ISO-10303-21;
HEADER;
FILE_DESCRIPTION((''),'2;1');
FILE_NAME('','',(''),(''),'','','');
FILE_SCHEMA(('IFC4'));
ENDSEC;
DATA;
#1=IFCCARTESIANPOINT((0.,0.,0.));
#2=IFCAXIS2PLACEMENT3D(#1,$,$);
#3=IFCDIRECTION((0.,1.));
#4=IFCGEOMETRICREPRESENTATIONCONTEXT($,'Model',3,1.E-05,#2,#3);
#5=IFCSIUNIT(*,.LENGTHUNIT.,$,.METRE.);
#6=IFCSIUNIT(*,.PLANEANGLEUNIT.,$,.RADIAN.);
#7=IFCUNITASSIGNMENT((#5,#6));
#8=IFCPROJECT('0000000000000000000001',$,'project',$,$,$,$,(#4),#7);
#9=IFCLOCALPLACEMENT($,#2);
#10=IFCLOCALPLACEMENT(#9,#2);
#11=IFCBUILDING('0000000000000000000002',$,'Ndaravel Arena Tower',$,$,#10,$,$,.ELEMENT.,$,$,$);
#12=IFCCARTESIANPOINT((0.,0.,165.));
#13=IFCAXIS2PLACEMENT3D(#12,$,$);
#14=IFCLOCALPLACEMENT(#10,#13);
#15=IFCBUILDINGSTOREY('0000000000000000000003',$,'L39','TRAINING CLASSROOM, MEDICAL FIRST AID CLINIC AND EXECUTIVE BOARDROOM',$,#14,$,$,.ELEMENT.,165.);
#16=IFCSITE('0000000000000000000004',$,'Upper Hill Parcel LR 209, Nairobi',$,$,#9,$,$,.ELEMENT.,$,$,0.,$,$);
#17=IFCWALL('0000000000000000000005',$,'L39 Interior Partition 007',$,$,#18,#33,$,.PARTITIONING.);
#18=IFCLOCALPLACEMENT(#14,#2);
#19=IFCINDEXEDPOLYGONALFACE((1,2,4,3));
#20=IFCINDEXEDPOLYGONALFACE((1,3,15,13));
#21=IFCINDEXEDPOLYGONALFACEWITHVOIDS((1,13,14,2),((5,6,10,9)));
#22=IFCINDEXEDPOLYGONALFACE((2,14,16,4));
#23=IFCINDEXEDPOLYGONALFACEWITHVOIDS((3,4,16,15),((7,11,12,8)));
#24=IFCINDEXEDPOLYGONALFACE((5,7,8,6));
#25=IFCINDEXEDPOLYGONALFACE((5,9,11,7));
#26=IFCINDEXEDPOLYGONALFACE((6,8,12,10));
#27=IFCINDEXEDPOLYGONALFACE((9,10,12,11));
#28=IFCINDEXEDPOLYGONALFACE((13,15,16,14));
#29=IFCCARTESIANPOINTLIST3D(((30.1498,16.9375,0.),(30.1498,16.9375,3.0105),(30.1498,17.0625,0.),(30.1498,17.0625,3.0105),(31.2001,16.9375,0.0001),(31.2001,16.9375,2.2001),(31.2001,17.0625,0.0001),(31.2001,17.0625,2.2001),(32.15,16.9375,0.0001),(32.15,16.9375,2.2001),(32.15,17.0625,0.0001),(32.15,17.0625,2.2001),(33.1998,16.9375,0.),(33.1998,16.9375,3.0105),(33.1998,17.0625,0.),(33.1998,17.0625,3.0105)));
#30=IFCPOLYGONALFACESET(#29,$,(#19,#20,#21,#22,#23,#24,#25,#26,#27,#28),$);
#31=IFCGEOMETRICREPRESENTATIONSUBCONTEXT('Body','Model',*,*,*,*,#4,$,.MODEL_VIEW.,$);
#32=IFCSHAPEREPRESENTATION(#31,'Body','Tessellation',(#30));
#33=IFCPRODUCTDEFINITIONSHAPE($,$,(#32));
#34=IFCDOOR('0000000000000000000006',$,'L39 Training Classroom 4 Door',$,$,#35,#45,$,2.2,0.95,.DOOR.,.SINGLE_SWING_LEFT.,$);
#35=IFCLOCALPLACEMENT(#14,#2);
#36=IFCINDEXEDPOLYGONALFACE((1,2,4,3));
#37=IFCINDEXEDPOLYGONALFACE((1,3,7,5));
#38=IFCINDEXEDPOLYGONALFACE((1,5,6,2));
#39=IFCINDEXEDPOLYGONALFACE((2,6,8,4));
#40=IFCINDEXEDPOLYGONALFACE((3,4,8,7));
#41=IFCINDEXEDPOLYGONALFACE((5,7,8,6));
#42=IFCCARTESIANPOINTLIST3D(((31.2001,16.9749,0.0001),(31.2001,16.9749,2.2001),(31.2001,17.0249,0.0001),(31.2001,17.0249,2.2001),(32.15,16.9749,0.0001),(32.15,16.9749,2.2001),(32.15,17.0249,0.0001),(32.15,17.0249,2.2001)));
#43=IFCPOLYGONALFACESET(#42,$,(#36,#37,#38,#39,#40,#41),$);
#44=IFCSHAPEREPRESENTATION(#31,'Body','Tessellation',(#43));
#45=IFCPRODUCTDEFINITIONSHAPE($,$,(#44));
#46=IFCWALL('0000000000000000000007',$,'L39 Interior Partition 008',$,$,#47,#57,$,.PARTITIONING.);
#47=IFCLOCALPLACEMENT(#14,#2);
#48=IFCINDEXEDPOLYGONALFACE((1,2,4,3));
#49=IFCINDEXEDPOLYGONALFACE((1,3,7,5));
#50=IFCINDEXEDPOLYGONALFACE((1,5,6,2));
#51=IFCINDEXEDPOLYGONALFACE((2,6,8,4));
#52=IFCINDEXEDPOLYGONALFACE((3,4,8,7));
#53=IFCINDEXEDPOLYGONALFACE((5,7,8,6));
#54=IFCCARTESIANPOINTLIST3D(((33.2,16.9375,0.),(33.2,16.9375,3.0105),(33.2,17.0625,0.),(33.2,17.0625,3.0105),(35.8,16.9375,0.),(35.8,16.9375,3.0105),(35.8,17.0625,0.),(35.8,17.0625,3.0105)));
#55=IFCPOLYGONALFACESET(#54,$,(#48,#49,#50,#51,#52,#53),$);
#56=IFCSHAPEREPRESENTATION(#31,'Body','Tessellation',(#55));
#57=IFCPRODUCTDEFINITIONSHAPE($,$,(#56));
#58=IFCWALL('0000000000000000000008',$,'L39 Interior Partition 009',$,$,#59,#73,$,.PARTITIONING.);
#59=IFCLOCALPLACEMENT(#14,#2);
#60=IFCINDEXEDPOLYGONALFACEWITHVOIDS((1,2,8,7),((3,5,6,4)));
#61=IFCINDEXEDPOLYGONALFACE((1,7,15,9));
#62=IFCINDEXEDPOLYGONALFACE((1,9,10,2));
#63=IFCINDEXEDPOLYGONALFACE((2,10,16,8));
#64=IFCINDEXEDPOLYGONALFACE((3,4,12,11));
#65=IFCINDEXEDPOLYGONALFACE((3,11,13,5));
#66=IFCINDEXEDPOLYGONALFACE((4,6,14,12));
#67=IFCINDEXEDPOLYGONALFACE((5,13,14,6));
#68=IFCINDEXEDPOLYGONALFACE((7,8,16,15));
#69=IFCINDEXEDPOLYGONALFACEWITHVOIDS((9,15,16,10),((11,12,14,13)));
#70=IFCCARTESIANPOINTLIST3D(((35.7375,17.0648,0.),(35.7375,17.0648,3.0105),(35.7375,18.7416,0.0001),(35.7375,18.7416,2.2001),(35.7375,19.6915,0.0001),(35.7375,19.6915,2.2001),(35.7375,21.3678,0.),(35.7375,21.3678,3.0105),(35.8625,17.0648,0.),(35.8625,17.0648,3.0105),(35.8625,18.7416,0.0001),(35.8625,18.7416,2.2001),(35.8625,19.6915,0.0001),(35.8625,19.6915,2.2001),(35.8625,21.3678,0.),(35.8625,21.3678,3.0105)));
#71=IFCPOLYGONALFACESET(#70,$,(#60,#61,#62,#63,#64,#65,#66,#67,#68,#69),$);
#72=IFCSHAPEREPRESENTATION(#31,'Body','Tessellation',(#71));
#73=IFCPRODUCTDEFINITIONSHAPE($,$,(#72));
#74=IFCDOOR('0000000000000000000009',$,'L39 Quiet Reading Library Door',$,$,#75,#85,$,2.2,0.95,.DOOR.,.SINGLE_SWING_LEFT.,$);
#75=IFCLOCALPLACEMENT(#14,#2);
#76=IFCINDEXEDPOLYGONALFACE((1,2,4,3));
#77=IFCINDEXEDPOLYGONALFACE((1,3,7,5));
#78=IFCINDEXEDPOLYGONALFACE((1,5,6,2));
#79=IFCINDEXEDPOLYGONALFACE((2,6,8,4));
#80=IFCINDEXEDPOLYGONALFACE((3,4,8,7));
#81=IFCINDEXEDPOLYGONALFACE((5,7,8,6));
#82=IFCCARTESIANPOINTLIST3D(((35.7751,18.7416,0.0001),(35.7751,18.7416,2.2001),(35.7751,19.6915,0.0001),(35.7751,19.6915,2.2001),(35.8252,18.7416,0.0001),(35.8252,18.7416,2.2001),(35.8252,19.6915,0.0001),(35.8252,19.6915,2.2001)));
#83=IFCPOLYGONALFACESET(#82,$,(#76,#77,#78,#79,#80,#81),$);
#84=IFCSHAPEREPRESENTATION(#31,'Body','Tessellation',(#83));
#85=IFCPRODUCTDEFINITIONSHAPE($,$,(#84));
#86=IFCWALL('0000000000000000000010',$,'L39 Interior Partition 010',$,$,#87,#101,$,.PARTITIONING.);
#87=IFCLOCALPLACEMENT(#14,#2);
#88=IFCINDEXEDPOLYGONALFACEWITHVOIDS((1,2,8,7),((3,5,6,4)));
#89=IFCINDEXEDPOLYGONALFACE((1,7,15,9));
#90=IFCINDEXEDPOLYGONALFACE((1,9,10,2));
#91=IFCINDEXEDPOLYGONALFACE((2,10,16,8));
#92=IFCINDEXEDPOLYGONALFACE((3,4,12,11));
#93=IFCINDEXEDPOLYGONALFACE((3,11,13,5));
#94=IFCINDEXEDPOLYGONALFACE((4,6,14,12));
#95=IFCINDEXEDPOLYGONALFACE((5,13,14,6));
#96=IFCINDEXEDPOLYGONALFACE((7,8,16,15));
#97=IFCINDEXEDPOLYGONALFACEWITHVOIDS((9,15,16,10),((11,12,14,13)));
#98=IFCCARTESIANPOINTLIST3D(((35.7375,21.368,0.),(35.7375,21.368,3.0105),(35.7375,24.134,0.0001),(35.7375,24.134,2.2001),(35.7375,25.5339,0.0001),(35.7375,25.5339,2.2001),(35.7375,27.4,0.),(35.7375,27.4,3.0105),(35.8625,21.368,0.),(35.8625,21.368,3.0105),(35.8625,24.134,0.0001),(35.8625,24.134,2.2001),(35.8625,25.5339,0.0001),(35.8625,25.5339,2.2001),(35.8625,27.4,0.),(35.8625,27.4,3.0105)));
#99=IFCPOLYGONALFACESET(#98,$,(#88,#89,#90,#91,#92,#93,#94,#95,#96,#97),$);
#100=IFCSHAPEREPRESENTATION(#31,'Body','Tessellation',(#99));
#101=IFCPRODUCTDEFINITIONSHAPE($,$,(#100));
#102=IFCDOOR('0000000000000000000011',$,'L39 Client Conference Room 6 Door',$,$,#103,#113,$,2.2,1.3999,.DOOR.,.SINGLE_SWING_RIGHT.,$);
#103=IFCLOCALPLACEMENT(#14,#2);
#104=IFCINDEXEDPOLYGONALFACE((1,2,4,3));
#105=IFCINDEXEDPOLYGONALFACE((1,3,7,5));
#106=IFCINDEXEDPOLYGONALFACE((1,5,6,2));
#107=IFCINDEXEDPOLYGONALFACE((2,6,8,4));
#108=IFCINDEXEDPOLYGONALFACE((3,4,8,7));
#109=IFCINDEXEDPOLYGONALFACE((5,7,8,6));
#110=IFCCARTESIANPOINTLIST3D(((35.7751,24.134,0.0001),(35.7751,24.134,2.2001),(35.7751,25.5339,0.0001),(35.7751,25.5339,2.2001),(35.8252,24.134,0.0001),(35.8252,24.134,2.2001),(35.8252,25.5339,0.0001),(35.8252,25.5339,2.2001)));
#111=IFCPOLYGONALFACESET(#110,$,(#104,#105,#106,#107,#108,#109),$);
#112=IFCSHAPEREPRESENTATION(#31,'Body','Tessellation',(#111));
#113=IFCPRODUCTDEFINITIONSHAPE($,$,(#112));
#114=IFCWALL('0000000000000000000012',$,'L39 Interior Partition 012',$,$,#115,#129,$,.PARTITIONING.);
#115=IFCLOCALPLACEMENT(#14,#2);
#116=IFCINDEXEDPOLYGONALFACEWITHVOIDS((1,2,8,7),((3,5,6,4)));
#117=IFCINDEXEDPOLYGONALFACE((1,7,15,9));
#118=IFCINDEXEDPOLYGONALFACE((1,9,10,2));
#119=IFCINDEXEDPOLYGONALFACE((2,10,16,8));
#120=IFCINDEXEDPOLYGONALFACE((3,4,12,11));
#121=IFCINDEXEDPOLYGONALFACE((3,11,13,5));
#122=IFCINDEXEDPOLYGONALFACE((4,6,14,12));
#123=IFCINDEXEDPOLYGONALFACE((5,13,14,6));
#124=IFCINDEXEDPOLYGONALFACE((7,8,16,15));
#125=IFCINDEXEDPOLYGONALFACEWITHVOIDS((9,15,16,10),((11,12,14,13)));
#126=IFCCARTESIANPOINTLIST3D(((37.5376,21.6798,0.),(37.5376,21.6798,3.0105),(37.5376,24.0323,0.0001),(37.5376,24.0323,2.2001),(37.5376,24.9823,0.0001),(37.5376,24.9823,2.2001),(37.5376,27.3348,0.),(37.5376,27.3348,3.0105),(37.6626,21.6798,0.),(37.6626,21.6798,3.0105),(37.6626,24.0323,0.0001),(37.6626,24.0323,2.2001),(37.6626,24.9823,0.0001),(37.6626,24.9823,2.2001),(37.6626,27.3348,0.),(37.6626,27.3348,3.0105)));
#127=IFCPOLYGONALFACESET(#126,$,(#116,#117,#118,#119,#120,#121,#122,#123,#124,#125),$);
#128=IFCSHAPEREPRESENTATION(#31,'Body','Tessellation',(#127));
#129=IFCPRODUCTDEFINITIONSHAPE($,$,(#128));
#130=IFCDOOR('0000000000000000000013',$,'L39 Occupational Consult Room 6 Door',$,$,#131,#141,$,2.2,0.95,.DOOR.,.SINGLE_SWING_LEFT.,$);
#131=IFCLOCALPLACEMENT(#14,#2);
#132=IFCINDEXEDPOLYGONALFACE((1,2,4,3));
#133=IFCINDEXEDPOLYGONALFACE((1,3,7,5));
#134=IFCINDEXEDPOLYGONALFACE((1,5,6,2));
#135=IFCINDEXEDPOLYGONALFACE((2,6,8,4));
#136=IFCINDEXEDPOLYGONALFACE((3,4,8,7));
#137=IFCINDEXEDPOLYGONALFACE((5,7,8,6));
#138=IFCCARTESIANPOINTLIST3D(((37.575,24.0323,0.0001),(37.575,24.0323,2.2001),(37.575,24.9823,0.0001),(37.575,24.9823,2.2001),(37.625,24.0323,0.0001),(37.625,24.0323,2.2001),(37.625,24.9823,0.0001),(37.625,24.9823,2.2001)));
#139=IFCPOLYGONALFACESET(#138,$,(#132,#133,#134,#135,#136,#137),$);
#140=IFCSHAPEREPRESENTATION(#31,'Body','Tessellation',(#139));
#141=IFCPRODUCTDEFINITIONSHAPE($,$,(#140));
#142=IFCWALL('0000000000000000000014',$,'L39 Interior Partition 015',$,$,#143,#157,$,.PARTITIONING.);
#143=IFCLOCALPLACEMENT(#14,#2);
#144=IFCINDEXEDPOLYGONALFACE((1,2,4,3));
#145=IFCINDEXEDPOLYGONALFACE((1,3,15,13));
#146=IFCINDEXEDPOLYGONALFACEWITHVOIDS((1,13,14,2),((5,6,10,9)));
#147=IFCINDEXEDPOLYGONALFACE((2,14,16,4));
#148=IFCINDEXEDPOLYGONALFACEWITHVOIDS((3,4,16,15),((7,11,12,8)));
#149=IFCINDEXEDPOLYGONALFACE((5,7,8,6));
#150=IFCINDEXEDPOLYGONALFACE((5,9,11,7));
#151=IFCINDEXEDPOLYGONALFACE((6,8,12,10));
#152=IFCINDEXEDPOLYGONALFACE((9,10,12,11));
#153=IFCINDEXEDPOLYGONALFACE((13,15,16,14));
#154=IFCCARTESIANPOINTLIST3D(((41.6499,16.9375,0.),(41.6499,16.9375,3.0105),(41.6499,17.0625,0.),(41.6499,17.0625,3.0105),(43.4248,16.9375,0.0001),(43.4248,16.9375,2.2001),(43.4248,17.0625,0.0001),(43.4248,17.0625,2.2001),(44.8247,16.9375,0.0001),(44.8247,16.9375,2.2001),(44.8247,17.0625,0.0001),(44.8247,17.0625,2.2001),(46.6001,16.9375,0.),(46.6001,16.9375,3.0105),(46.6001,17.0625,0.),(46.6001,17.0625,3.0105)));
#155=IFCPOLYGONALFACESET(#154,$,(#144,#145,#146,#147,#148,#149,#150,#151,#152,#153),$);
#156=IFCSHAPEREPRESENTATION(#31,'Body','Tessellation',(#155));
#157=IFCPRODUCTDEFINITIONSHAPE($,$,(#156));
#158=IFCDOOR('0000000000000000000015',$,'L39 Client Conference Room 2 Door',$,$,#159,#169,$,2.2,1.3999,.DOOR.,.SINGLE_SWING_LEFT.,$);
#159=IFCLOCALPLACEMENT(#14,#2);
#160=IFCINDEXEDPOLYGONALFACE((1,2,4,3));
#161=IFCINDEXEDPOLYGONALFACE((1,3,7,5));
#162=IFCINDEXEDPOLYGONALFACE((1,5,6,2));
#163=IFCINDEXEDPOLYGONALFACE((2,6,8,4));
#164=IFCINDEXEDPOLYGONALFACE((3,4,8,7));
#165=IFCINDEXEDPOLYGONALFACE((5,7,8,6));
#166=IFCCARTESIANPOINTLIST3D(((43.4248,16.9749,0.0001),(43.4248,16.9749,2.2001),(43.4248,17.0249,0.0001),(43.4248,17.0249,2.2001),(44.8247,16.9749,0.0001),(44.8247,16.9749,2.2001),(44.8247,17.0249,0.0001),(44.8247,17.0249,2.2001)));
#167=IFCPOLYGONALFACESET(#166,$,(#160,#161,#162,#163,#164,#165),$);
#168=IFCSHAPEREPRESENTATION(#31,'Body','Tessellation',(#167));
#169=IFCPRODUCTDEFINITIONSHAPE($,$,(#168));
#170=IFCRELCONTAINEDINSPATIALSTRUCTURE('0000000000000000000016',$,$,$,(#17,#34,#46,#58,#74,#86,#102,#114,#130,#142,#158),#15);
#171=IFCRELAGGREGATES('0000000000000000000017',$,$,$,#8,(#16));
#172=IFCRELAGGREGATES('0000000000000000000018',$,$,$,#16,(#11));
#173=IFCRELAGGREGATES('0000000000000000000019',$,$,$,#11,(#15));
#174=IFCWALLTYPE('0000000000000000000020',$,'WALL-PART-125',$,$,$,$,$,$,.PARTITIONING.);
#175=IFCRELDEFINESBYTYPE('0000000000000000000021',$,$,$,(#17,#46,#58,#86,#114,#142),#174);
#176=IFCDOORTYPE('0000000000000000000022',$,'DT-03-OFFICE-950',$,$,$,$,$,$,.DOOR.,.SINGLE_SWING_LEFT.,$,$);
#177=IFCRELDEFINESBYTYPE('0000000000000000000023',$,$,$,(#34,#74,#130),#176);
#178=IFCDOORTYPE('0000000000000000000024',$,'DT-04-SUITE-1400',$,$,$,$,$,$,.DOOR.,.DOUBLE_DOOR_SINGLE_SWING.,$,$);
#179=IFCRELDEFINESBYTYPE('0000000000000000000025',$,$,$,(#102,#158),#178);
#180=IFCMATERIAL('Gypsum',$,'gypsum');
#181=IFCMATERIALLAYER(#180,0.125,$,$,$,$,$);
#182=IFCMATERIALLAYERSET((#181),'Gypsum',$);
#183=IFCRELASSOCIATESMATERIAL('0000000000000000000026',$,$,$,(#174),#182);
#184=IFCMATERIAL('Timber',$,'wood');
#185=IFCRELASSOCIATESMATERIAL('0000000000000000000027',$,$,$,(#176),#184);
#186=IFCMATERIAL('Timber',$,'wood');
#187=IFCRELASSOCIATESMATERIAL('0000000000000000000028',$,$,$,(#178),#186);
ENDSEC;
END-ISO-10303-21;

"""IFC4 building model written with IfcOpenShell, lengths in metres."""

from ifc_helpers import new_model, si_unit, direction, frame, frame_2d, origin, place, context, subcontext, project, spatial, rectangle, extrude, material, layer, layer_set, type_object, element, fill, save


model = new_model("IFC4")

# Units and contexts
model_context = context("Model", 3, precision=1e-05, world=origin(), true_north=direction((0.0, 1.0)))
body_context = subcontext(model_context, "Body", "Model", "MODEL_VIEW")
ifc_project = project(units=[si_unit("LENGTHUNIT", "METRE"), si_unit("PLANEANGLEUNIT", "RADIAN")], contexts=[model_context])

# Site, building, storey
site_placement = place(None, origin())
site = spatial("IfcSite", under=ifc_project, at=site_placement, Name="Upper Hill Parcel LR 209, Nairobi", CompositionType="ELEMENT", RefElevation=0.0)
building_placement = place(site_placement, origin())
building = spatial("IfcBuilding", under=site, at=building_placement, Name="Ndaravel Arena Tower", CompositionType="ELEMENT")
storey_placement = place(building_placement, frame((0.0, 0.0, 165.0)))
storey = spatial("IfcBuildingStorey", under=building, at=storey_placement, Name="L39", Description="TRAINING CLASSROOM, MEDICAL FIRST AID CLINIC AND EXECUTIVE BOARDROOM", CompositionType="ELEMENT", Elevation=165.0)

# Wall, opening, door
ifc_material_1 = material(Name="Gypsum", Category="gypsum")
ifc_layer_1 = layer(ifc_material_1, 0.125)
ifc_layer_set_1 = layer_set([ifc_layer_1], Name="Gypsum")
wall_type_1 = type_object("IfcWallType", Name="WALL-PART-125", PredefinedType="PARTITIONING", material=ifc_layer_set_1)
wall_1_placement = place(storey_placement, frame((30.1499, 17.0, 0.0), z_axis=(0.0, 0.0, 1.0), x_axis=(1.0, 0.0, 0.0)))
wall_1 = element("IfcWall", 1, at=wall_1_placement, inside=storey, type_object=wall_type_1, Name="L39 Interior Partition 007", PredefinedType="PARTITIONING", context=body_context, shape_type="SweptSolid", body=[
    extrude(rectangle(XDim=3.05, YDim=0.125, at=frame_2d((1.5249, 0.0))), origin(), (0.0, 0.0, 1.0), 3.0105),
])
opening_1_placement = place(wall_1_placement, frame((1.05, 0.0, 0.0)))
opening_1 = element("IfcOpeningElement", 2, at=opening_1_placement, cuts=wall_1, PredefinedType="OPENING", context=body_context, shape_type="SweptSolid", body=[
    extrude(rectangle(XDim=0.95, YDim=2.2, at=frame_2d((0.4751, 1.1001))), frame((0.0, 0.0625, 0.0), z_axis=(0.0, -1.0, 0.0), x_axis=(1.0, 0.0, 0.0)), (0.0, 0.0, 1.0), 0.125),
])
ifc_material_2 = material(Name="Timber", Category="wood")
door_type_1 = type_object("IfcDoorType", Name="DT-03-OFFICE-950", OperationType="SINGLE_SWING_LEFT", PredefinedType="DOOR", material=ifc_material_2)
door_1_placement = place(opening_1_placement, origin())
door_1 = element("IfcDoor", 3, at=door_1_placement, inside=storey, type_object=door_type_1, Name="L39 Training Classroom 4 Door", OperationType="SINGLE_SWING_LEFT", OverallHeight=2.2, OverallWidth=0.95, PredefinedType="DOOR", context=body_context, shape_type="SweptSolid", body=[
    extrude(rectangle(XDim=0.95, YDim=2.2, at=frame_2d((0.4751, 1.1001))), frame((0.0, 0.0249, 0.0), z_axis=(0.0, -1.0, 0.0), x_axis=(1.0, 0.0, 0.0)), (0.0, 0.0, 1.0), 0.05),
])
fill(opening_1, door_1)

# Wall
wall_2_placement = place(storey_placement, frame((33.2, 17.0, 0.0), z_axis=(0.0, 0.0, 1.0), x_axis=(1.0, 0.0, 0.0)))
element("IfcWall", 4, at=wall_2_placement, inside=storey, type_object=wall_type_1, Name="L39 Interior Partition 008", PredefinedType="PARTITIONING", context=body_context, shape_type="SweptSolid", body=[
    extrude(rectangle(XDim=2.6001, YDim=0.125, at=frame_2d((1.3, 0.0))), origin(), (0.0, 0.0, 1.0), 3.0105),
])

# Walls, openings, doors
wall_3_placement = place(storey_placement, frame((35.8, 17.0649, 0.0), z_axis=(0.0, 0.0, 1.0), x_axis=(0.0, 1.0, 0.0)))
wall_3 = element("IfcWall", 5, at=wall_3_placement, inside=storey, type_object=wall_type_1, Name="L39 Interior Partition 009", PredefinedType="PARTITIONING", context=body_context, shape_type="SweptSolid", body=[
    extrude(rectangle(XDim=4.303, YDim=0.125, at=frame_2d((2.1514, 0.0))), origin(), (0.0, 0.0, 1.0), 3.0105),
])
opening_2_placement = place(wall_3_placement, frame((1.6765, 0.0, 0.0)))
opening_2 = element("IfcOpeningElement", 6, at=opening_2_placement, cuts=wall_3, PredefinedType="OPENING", context=body_context, shape_type="SweptSolid", body=[
    extrude(rectangle(XDim=0.95, YDim=2.2, at=frame_2d((0.4751, 1.1001))), frame((0.0, 0.0625, 0.0), z_axis=(0.0, -1.0, 0.0), x_axis=(1.0, 0.0, 0.0)), (0.0, 0.0, 1.0), 0.125),
])
door_2_placement = place(opening_2_placement, origin())
door_2 = element("IfcDoor", 7, at=door_2_placement, inside=storey, type_object=door_type_1, Name="L39 Quiet Reading Library Door", OperationType="SINGLE_SWING_LEFT", OverallHeight=2.2, OverallWidth=0.95, PredefinedType="DOOR", context=body_context, shape_type="SweptSolid", body=[
    extrude(rectangle(XDim=0.95, YDim=2.2, at=frame_2d((0.4751, 1.1001))), frame((0.0, 0.0249, 0.0), z_axis=(0.0, -1.0, 0.0), x_axis=(1.0, 0.0, 0.0)), (0.0, 0.0, 1.0), 0.05),
])
fill(opening_2, door_2)
wall_4_placement = place(storey_placement, frame((35.8, 21.3679, 0.0), z_axis=(0.0, 0.0, 1.0), x_axis=(0.0, 1.0, 0.0)))
wall_4 = element("IfcWall", 8, at=wall_4_placement, inside=storey, type_object=wall_type_1, Name="L39 Interior Partition 010", PredefinedType="PARTITIONING", context=body_context, shape_type="SweptSolid", body=[
    extrude(rectangle(XDim=6.032, YDim=0.125, at=frame_2d((3.0161, 0.0))), origin(), (0.0, 0.0, 1.0), 3.0105),
])
opening_3_placement = place(wall_4_placement, frame((2.7661, 0.0, 0.0)))
opening_3 = element("IfcOpeningElement", 9, at=opening_3_placement, cuts=wall_4, PredefinedType="OPENING", context=body_context, shape_type="SweptSolid", body=[
    extrude(rectangle(XDim=1.3999, YDim=2.2, at=frame_2d((0.7, 1.1001))), frame((0.0, 0.0625, 0.0), z_axis=(0.0, -1.0, 0.0), x_axis=(1.0, 0.0, 0.0)), (0.0, 0.0, 1.0), 0.125),
])
ifc_material_3 = material(Name="Timber", Category="wood")
door_type_2 = type_object("IfcDoorType", Name="DT-04-SUITE-1400", OperationType="DOUBLE_DOOR_SINGLE_SWING", PredefinedType="DOOR", material=ifc_material_3)
door_3_placement = place(opening_3_placement, origin())
door_3 = element("IfcDoor", 10, at=door_3_placement, inside=storey, type_object=door_type_2, Name="L39 Client Conference Room 6 Door", OperationType="SINGLE_SWING_RIGHT", OverallHeight=2.2, OverallWidth=1.3999, PredefinedType="DOOR", context=body_context, shape_type="SweptSolid", body=[
    extrude(rectangle(XDim=1.3999, YDim=2.2, at=frame_2d((0.7, 1.1001))), frame((0.0, 0.0249, 0.0), z_axis=(0.0, -1.0, 0.0), x_axis=(1.0, 0.0, 0.0)), (0.0, 0.0, 1.0), 0.05),
])
fill(opening_3, door_3)
wall_5_placement = place(storey_placement, frame((37.6001, 27.335, 0.0), z_axis=(0.0, 0.0, 1.0), x_axis=(0.0, -1.0, 0.0)))
wall_5 = element("IfcWall", 11, at=wall_5_placement, inside=storey, type_object=wall_type_1, Name="L39 Interior Partition 012", PredefinedType="PARTITIONING", context=body_context, shape_type="SweptSolid", body=[
    extrude(rectangle(XDim=5.655, YDim=0.125, at=frame_2d((2.8276, 0.0))), origin(), (0.0, 0.0, 1.0), 3.0105),
])
opening_4_placement = place(wall_5_placement, frame((2.3525, 0.0, 0.0)))
opening_4 = element("IfcOpeningElement", 12, at=opening_4_placement, cuts=wall_5, PredefinedType="OPENING", context=body_context, shape_type="SweptSolid", body=[
    extrude(rectangle(XDim=0.95, YDim=2.2, at=frame_2d((0.4751, 1.1001))), frame((0.0, 0.0625, 0.0), z_axis=(0.0, -1.0, 0.0), x_axis=(1.0, 0.0, 0.0)), (0.0, 0.0, 1.0), 0.125),
])
door_4_placement = place(opening_4_placement, origin())
door_4 = element("IfcDoor", 13, at=door_4_placement, inside=storey, type_object=door_type_1, Name="L39 Occupational Consult Room 6 Door", OperationType="SINGLE_SWING_LEFT", OverallHeight=2.2, OverallWidth=0.95, PredefinedType="DOOR", context=body_context, shape_type="SweptSolid", body=[
    extrude(rectangle(XDim=0.95, YDim=2.2, at=frame_2d((0.4751, 1.1001))), frame((0.0, 0.0249, 0.0), z_axis=(0.0, -1.0, 0.0), x_axis=(1.0, 0.0, 0.0)), (0.0, 0.0, 1.0), 0.05),
])
fill(opening_4, door_4)
wall_6_placement = place(storey_placement, frame((41.6499, 17.0, 0.0), z_axis=(0.0, 0.0, 1.0), x_axis=(1.0, 0.0, 0.0)))
wall_6 = element("IfcWall", 14, at=wall_6_placement, inside=storey, type_object=wall_type_1, Name="L39 Interior Partition 015", PredefinedType="PARTITIONING", context=body_context, shape_type="SweptSolid", body=[
    extrude(rectangle(XDim=4.9502, YDim=0.125, at=frame_2d((2.4751, 0.0))), origin(), (0.0, 0.0, 1.0), 3.0105),
])
opening_5_placement = place(wall_6_placement, frame((1.7749, 0.0, 0.0)))
opening_5 = element("IfcOpeningElement", 15, at=opening_5_placement, cuts=wall_6, PredefinedType="OPENING", context=body_context, shape_type="SweptSolid", body=[
    extrude(rectangle(XDim=1.3999, YDim=2.2, at=frame_2d((0.7, 1.1001))), frame((0.0, 0.0625, 0.0), z_axis=(0.0, -1.0, 0.0), x_axis=(1.0, 0.0, 0.0)), (0.0, 0.0, 1.0), 0.125),
])
door_5_placement = place(opening_5_placement, origin())
door_5 = element("IfcDoor", 16, at=door_5_placement, inside=storey, type_object=door_type_2, Name="L39 Client Conference Room 2 Door", OperationType="SINGLE_SWING_LEFT", OverallHeight=2.2, OverallWidth=1.3999, PredefinedType="DOOR", context=body_context, shape_type="SweptSolid", body=[
    extrude(rectangle(XDim=1.3999, YDim=2.2, at=frame_2d((0.7, 1.1001))), frame((0.0, 0.0249, 0.0), z_axis=(0.0, -1.0, 0.0), x_axis=(1.0, 0.0, 0.0)), (0.0, 0.0, 1.0), 0.05),
])
fill(opening_5, door_5)

save(model, "model.ifc")
